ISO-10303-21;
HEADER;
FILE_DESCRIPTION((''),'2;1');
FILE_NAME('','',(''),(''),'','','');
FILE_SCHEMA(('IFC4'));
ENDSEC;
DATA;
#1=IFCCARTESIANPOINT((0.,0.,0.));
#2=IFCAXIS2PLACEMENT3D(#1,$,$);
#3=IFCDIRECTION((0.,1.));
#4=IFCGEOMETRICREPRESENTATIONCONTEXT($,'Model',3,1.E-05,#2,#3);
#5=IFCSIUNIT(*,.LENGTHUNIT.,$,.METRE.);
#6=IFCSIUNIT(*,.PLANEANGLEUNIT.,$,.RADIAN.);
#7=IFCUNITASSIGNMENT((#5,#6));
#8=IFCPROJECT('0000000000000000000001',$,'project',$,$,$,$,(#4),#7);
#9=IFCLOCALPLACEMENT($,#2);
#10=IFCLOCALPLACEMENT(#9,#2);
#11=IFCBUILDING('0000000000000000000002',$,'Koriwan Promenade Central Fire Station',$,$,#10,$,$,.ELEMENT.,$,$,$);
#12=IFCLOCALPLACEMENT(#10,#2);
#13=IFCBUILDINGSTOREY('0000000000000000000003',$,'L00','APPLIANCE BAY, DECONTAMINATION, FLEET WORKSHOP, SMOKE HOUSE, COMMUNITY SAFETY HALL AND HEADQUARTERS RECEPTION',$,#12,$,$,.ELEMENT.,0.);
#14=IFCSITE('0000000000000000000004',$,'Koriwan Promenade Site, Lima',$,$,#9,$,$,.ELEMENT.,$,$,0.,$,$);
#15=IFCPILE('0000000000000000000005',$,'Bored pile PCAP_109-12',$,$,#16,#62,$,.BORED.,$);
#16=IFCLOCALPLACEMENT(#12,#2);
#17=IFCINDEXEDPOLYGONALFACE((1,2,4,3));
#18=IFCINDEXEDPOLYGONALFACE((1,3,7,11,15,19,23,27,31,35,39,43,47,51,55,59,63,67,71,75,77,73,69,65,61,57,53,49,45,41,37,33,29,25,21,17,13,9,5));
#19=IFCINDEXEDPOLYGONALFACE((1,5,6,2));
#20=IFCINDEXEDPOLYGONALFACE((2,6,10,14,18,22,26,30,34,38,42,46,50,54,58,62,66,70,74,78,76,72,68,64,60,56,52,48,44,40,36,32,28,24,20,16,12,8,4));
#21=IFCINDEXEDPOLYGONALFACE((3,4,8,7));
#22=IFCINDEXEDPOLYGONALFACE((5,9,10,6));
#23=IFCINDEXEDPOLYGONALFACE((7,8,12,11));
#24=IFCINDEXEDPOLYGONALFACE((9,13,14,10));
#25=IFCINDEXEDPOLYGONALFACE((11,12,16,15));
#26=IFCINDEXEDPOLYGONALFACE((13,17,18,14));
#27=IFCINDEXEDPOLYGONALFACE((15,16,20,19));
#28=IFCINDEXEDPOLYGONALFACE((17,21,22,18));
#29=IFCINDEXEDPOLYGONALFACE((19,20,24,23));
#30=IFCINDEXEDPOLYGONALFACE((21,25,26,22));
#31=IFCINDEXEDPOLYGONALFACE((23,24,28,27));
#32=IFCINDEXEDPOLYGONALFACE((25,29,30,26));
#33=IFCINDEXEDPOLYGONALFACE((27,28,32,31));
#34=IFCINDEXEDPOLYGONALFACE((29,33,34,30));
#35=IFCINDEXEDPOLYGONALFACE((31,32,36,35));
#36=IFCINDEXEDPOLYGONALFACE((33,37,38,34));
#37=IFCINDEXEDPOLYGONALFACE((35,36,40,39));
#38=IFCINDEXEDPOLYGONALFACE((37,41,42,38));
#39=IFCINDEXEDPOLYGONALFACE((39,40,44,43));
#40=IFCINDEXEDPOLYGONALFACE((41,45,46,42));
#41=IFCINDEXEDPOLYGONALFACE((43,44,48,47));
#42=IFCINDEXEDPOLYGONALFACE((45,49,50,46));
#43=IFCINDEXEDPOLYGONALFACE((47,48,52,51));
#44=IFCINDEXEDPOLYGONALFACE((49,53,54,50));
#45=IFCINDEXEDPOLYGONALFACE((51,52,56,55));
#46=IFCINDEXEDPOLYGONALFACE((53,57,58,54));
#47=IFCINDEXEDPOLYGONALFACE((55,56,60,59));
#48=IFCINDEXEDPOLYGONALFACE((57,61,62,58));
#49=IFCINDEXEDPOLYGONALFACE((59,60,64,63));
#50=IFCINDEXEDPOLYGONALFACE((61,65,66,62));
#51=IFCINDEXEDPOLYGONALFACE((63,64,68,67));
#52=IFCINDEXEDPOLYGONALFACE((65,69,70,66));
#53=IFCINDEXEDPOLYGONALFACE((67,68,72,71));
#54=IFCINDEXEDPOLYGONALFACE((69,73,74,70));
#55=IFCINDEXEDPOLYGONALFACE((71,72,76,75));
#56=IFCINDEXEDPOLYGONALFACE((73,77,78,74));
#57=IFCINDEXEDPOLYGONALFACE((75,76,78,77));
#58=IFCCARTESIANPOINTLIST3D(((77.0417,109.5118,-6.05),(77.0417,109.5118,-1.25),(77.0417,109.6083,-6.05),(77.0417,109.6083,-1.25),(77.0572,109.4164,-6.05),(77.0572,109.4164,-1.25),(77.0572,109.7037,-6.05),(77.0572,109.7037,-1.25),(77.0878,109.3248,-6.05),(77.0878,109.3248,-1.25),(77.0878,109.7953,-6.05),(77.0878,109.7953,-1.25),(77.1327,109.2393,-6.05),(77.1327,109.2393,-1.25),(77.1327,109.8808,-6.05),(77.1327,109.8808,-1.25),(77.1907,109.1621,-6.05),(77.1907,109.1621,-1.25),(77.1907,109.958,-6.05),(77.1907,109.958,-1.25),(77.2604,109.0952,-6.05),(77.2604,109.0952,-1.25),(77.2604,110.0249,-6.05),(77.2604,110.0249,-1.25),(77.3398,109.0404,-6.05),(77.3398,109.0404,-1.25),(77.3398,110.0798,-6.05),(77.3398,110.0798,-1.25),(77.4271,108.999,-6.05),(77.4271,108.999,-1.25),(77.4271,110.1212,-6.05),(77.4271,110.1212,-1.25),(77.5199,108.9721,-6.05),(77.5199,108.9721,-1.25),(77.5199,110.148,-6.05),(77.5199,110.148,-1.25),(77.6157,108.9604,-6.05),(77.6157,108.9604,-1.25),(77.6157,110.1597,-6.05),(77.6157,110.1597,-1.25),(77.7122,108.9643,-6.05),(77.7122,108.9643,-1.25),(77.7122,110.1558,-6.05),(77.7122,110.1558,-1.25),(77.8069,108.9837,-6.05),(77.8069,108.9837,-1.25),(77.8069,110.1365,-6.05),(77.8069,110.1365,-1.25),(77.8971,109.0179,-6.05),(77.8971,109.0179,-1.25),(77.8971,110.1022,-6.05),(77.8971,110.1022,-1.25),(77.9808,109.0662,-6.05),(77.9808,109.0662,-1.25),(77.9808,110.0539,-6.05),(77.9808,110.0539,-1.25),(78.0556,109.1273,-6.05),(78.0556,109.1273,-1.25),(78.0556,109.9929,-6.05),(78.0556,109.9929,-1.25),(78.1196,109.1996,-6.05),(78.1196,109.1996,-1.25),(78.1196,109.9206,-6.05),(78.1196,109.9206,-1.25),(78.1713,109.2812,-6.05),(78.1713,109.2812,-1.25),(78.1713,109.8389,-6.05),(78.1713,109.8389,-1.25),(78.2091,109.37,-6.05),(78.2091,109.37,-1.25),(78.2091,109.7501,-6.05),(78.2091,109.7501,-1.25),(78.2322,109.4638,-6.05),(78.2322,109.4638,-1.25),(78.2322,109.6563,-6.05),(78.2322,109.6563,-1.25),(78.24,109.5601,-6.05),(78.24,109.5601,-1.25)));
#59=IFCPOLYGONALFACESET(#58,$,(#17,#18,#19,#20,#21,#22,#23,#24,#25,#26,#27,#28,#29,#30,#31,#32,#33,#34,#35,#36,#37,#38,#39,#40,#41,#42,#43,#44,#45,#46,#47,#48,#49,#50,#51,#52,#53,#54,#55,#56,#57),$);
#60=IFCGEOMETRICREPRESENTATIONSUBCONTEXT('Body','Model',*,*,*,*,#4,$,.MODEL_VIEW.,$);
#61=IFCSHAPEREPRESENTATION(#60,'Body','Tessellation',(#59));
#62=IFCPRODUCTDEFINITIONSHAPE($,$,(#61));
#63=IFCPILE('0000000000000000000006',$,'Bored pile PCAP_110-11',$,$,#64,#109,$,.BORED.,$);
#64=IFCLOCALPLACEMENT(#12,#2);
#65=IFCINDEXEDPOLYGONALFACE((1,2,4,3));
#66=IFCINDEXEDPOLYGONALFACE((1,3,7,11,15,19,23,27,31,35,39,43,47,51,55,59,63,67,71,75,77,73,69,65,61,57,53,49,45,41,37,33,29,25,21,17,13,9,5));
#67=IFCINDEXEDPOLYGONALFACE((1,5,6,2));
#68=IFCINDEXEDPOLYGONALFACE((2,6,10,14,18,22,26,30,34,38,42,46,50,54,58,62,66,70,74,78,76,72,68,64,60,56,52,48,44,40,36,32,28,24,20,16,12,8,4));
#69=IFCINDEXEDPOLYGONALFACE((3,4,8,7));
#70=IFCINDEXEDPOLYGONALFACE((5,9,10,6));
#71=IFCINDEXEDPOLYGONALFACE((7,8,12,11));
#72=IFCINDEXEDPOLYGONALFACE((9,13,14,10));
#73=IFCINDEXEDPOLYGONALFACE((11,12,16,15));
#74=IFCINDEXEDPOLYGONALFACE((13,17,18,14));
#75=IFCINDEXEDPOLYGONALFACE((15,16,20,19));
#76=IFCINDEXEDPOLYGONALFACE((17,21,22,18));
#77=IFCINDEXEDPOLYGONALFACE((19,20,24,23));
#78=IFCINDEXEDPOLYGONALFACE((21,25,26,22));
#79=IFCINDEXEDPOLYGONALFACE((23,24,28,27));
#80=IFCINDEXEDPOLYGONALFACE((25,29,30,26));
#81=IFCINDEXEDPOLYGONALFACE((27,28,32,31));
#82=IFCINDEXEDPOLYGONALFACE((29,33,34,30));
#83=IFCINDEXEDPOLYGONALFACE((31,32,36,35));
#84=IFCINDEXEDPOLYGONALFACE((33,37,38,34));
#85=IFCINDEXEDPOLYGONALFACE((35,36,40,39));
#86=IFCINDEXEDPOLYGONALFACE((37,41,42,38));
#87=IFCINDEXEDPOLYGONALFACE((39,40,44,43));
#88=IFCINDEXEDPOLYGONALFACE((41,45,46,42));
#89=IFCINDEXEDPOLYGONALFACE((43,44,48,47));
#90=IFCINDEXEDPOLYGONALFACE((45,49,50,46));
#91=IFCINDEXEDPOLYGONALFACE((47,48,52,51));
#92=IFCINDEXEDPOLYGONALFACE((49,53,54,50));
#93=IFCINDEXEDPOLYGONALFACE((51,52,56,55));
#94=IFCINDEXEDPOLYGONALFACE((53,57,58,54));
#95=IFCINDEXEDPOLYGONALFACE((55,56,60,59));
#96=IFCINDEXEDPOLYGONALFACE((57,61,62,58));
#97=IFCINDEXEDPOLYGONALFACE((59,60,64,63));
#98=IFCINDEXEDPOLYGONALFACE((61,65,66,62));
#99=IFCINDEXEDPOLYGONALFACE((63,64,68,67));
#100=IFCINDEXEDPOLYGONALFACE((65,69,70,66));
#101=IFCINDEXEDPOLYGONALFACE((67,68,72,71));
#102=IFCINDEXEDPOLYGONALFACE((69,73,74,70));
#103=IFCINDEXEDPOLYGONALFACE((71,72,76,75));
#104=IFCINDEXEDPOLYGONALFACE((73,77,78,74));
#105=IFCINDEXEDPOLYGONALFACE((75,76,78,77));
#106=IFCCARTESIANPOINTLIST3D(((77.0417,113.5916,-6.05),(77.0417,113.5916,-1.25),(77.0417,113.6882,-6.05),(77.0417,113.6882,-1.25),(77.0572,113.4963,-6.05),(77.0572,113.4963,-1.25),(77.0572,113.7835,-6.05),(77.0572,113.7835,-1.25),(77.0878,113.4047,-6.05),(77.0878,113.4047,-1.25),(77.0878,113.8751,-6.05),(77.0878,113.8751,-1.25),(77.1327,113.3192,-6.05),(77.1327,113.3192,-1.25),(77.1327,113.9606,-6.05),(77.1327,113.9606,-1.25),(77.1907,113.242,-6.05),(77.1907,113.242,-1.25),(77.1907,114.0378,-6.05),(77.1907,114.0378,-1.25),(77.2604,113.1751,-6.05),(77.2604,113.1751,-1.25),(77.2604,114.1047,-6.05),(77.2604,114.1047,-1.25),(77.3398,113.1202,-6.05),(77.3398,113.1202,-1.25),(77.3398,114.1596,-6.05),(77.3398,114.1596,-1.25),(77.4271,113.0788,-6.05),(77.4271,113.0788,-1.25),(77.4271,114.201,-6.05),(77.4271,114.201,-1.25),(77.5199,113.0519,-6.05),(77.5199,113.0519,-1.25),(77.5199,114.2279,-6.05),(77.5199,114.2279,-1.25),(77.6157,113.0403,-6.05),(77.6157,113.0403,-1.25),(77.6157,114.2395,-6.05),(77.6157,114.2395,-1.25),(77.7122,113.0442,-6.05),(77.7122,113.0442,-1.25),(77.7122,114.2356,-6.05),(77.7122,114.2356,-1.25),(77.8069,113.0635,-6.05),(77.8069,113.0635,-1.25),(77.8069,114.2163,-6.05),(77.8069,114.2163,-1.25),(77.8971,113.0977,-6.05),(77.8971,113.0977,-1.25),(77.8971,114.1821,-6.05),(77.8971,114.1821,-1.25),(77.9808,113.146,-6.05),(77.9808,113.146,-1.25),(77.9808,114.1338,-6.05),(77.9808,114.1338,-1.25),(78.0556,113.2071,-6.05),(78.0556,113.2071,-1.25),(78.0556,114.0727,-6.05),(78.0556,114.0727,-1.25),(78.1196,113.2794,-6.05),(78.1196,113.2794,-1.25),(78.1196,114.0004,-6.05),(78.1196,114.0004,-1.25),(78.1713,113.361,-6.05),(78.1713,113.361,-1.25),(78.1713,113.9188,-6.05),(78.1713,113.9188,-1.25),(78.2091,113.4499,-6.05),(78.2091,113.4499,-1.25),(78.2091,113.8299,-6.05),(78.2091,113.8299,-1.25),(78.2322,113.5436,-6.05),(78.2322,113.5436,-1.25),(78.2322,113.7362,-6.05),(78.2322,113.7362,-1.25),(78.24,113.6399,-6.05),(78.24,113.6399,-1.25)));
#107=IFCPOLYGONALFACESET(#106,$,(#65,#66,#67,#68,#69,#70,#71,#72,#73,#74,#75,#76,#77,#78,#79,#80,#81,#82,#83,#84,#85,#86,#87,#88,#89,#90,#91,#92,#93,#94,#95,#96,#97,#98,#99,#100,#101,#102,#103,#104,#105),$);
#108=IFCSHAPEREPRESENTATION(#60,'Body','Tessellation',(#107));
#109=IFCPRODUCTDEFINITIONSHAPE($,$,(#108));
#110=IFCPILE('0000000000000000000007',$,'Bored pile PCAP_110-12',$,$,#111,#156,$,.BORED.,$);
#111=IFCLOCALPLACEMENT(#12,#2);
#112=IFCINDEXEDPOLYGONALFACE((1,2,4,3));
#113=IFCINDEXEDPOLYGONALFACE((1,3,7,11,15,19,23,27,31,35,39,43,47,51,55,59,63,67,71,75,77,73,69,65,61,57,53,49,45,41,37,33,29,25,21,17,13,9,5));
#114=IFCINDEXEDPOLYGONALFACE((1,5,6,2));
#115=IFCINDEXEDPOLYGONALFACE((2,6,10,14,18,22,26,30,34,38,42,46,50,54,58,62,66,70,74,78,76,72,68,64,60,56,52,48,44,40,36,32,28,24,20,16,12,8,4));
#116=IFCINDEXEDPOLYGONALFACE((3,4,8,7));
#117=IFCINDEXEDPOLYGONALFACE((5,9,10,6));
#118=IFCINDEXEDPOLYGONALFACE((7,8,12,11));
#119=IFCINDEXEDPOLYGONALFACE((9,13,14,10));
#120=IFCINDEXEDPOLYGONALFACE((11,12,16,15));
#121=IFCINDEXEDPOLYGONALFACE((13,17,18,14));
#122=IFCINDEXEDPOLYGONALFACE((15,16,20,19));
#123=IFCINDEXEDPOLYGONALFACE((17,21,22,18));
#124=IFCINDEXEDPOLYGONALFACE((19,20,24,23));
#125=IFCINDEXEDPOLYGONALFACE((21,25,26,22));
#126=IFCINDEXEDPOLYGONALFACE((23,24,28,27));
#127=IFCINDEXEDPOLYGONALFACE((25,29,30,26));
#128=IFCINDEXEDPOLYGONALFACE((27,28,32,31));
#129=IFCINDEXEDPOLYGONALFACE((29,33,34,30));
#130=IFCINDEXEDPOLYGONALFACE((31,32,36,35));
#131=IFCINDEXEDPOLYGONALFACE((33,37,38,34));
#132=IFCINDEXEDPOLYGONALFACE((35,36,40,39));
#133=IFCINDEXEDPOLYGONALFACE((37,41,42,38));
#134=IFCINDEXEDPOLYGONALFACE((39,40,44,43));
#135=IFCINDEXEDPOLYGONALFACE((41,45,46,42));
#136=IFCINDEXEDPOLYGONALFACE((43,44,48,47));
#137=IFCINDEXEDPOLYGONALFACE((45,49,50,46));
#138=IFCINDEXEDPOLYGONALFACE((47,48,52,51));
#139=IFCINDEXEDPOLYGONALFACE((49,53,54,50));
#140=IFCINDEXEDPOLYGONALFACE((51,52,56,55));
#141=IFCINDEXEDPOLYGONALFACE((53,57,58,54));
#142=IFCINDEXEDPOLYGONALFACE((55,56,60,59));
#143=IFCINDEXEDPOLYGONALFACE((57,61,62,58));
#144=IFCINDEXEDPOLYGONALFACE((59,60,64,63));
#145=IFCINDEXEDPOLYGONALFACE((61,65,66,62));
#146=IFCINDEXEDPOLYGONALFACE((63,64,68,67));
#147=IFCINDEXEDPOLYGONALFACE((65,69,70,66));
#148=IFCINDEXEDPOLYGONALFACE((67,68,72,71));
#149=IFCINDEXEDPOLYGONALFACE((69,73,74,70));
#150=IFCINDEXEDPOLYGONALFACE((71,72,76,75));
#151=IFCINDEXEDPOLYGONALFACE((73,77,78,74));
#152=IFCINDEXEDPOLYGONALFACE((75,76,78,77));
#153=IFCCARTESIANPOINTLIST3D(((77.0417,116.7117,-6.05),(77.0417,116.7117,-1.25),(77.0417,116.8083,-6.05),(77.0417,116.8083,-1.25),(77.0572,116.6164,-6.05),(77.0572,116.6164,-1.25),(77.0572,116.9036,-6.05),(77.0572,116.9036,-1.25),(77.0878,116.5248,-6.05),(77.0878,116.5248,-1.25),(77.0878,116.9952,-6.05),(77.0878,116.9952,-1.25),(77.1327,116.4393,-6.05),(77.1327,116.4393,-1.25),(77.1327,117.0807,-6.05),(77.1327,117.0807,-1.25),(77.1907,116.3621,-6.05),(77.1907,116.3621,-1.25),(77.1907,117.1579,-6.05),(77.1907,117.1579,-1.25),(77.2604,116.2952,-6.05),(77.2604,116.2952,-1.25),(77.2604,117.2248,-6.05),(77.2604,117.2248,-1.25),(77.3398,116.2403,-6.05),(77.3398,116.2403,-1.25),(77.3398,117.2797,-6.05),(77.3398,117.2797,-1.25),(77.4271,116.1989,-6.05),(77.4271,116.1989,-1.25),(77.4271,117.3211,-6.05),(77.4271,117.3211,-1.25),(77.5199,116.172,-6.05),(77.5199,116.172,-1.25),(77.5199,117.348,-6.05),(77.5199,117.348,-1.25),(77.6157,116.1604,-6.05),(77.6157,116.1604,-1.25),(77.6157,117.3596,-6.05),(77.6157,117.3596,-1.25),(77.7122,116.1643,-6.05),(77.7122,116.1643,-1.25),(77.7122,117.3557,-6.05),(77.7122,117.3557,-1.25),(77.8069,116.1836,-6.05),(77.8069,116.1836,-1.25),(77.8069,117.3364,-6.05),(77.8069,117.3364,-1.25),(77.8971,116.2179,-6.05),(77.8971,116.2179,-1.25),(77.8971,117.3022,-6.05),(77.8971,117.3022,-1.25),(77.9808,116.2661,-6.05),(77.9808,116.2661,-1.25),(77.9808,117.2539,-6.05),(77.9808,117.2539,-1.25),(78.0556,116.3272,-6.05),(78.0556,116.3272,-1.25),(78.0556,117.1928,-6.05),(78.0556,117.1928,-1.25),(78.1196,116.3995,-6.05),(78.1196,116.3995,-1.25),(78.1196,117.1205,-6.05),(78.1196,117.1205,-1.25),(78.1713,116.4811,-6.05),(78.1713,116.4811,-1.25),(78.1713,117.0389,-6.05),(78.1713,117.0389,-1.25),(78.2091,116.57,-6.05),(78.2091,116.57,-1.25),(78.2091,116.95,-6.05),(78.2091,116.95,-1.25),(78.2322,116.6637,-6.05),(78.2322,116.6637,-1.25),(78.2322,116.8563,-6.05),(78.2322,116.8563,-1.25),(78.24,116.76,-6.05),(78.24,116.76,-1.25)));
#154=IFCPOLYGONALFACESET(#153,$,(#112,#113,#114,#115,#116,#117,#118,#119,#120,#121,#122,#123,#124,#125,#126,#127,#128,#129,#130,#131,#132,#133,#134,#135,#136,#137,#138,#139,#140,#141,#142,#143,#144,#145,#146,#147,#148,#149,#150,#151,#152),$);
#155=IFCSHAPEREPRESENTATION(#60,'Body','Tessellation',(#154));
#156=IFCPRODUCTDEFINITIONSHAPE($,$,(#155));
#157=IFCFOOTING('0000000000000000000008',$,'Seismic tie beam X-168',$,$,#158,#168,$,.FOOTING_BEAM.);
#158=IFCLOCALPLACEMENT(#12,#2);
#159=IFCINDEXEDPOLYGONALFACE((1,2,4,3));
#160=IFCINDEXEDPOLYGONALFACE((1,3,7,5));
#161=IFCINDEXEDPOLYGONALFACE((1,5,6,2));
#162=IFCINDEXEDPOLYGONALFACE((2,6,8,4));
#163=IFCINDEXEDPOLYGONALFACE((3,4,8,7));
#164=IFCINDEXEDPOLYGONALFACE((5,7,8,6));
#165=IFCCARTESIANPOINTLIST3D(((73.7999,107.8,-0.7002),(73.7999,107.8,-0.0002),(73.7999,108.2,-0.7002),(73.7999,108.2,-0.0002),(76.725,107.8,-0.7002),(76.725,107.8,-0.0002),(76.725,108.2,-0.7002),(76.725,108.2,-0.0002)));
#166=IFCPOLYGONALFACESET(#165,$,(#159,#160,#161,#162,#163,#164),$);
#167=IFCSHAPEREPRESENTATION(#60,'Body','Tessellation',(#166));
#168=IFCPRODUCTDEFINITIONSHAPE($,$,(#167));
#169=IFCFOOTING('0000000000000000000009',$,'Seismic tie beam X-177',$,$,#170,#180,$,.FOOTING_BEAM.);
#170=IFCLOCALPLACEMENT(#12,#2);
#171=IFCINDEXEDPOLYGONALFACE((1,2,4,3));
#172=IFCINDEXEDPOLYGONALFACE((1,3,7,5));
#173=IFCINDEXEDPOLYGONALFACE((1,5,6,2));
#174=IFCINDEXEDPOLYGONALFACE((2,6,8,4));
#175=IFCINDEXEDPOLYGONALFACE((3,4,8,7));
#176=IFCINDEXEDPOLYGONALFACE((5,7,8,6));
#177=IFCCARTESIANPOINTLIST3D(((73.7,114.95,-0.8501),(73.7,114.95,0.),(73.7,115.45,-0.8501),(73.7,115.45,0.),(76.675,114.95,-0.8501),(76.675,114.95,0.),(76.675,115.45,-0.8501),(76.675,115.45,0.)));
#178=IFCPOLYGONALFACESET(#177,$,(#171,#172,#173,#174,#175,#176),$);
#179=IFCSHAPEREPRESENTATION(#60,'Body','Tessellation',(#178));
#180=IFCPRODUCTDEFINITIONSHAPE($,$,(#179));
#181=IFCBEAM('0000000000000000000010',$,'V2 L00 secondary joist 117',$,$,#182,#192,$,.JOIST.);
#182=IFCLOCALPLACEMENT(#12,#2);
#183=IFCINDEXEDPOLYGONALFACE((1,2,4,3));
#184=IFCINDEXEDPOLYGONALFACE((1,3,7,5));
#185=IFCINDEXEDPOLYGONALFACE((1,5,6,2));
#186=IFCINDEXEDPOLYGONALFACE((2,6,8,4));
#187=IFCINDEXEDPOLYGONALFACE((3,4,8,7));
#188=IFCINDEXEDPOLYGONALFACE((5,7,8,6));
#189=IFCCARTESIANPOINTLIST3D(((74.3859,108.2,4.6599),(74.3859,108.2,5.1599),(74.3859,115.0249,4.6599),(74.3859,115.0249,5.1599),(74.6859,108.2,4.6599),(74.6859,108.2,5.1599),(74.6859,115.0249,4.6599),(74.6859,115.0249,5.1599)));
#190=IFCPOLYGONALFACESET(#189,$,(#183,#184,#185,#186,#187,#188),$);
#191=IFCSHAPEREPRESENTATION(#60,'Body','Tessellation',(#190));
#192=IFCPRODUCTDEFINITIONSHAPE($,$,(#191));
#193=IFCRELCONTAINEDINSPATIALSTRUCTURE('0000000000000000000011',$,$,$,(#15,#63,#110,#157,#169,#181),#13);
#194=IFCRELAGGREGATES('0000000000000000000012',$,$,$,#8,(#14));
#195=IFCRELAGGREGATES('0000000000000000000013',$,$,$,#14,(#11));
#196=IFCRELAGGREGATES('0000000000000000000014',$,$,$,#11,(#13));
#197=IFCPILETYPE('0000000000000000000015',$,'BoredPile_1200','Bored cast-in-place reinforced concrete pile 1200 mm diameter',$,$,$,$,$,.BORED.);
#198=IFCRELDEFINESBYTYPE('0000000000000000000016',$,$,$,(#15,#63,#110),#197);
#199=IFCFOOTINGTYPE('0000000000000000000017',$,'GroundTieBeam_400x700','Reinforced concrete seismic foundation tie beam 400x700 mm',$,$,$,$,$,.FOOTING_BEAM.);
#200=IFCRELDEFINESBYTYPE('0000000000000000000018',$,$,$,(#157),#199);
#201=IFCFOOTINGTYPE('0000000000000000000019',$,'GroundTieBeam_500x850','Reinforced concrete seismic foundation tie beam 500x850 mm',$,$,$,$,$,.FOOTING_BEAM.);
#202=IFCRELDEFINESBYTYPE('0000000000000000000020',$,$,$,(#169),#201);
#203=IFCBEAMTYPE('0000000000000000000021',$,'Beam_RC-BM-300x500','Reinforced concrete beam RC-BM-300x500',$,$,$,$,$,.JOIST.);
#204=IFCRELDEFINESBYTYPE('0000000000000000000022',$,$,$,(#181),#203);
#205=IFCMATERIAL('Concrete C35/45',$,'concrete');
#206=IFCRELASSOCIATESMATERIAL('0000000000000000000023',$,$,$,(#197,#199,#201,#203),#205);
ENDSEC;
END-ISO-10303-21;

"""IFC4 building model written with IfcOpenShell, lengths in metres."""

from ifc_helpers import new_model, si_unit, direction, frame, origin, origin_2d, place, context, subcontext, project, spatial, rectangle, circle, extrude, material, material_profile, profile_set, type_object, element, save


model = new_model("IFC4")

# Units and contexts
model_context = context("Model", 3, precision=1e-05, world=origin(), true_north=direction((0.0, 1.0)))
body_context = subcontext(model_context, "Body", "Model", "MODEL_VIEW")
ifc_project = project(units=[si_unit("LENGTHUNIT", "METRE"), si_unit("PLANEANGLEUNIT", "RADIAN")], contexts=[model_context])

# Site, building, storey
site_placement = place(None, origin())
site = spatial("IfcSite", under=ifc_project, at=site_placement, Name="Koriwan Promenade Site, Lima", CompositionType="ELEMENT", RefElevation=0.0)
building_placement = place(site_placement, origin())
building = spatial("IfcBuilding", under=site, at=building_placement, Name="Koriwan Promenade Central Fire Station", CompositionType="ELEMENT")
storey_placement = place(building_placement, origin())
storey = spatial("IfcBuildingStorey", under=building, at=storey_placement, Name="L00", Description="APPLIANCE BAY, DECONTAMINATION, FLEET WORKSHOP, SMOKE HOUSE, COMMUNITY SAFETY HALL AND HEADQUARTERS RECEPTION", CompositionType="ELEMENT", Elevation=0.0)

# Piles
ifc_material_1 = material(Name="Concrete C35/45", Category="concrete")
ifc_material_profile_1 = material_profile(ifc_material_1, circle(Radius=0.6001, at=origin_2d()), Name="PILE-D1200")
ifc_profile_set_1 = profile_set([ifc_material_profile_1], Name="Concrete C35/45")
pile_type = type_object("IfcPileType", Name="BoredPile_1200", Description="Bored cast-in-place reinforced concrete pile 1200 mm diameter", PredefinedType="BORED", material=ifc_profile_set_1)
for number, where, z_axis, x_axis, name in (
    (1, (77.6399, 109.5601, -1.25), (0.0, 0.0, -1.0), (1.0, 0.0, 0.0), "Bored pile PCAP_109-12"),
    (2, (77.6399, 113.6399, -1.25), (0.0, 0.0, -1.0), (1.0, 0.0, 0.0), "Bored pile PCAP_110-11"),
    (3, (77.6399, 116.76, -1.25), (0.0, 0.0, -1.0), (1.0, 0.0, 0.0), "Bored pile PCAP_110-12"),
):
    element("IfcPile", number, at=place(storey_placement, frame(where, z_axis=z_axis, x_axis=x_axis)), inside=storey, type_object=pile_type, Name=name, PredefinedType="BORED", context=body_context, shape_type="SweptSolid", body=[
        extrude(circle(Radius=0.6001, at=origin_2d()), origin(), (0.0, 0.0, 1.0), 4.8),
    ])

# Footings
footing_type_1 = type_object("IfcFootingType", Name="GroundTieBeam_400x700", Description="Reinforced concrete seismic foundation tie beam 400x700 mm", PredefinedType="FOOTING_BEAM", material=ifc_material_1)
footing_1_placement = place(storey_placement, frame((75.2625, 108.0, -0.7002), z_axis=(0.0, 0.0, 1.0), x_axis=(1.0, 0.0, 0.0)))
element("IfcFooting", 4, at=footing_1_placement, inside=storey, type_object=footing_type_1, Name="Seismic tie beam X-168", PredefinedType="FOOTING_BEAM", context=body_context, shape_type="SweptSolid", body=[
    extrude(rectangle(XDim=2.925, YDim=0.3999, at=origin_2d()), origin(), (0.0, 0.0, 1.0), 0.7),
])
footing_type_2 = type_object("IfcFootingType", Name="GroundTieBeam_500x850", Description="Reinforced concrete seismic foundation tie beam 500x850 mm", PredefinedType="FOOTING_BEAM", material=ifc_material_1)
footing_2_placement = place(storey_placement, frame((75.1875, 115.2, -0.8501), z_axis=(0.0, 0.0, 1.0), x_axis=(1.0, 0.0, 0.0)))
element("IfcFooting", 5, at=footing_2_placement, inside=storey, type_object=footing_type_2, Name="Seismic tie beam X-177", PredefinedType="FOOTING_BEAM", context=body_context, shape_type="SweptSolid", body=[
    extrude(rectangle(XDim=2.9751, YDim=0.5, at=origin_2d()), origin(), (0.0, 0.0, 1.0), 0.8501),
])

# Beam
ifc_material_profile_2 = material_profile(ifc_material_1, rectangle(XDim=0.3, YDim=0.5, at=origin_2d()), Name="RC-BM-300x500")
ifc_profile_set_2 = profile_set([ifc_material_profile_2], Name="Concrete C35/45")
beam_type_1 = type_object("IfcBeamType", Name="Beam_RC-BM-300x500", Description="Reinforced concrete beam RC-BM-300x500", PredefinedType="JOIST", material=ifc_profile_set_2)
beam_1_placement = place(storey_placement, frame((74.5359, 108.2, 4.9099), z_axis=(0.0, 1.0, 0.0), x_axis=(-1.0, 0.0, 0.0)))
element("IfcBeam", 6, at=beam_1_placement, inside=storey, type_object=beam_type_1, Name="V2 L00 secondary joist 117", PredefinedType="JOIST", context=body_context, shape_type="SweptSolid", body=[
    extrude(rectangle(XDim=0.3, YDim=0.5, at=origin_2d()), origin(), (0.0, 0.0, 1.0), 6.825),
])

save(model, "model.ifc")
